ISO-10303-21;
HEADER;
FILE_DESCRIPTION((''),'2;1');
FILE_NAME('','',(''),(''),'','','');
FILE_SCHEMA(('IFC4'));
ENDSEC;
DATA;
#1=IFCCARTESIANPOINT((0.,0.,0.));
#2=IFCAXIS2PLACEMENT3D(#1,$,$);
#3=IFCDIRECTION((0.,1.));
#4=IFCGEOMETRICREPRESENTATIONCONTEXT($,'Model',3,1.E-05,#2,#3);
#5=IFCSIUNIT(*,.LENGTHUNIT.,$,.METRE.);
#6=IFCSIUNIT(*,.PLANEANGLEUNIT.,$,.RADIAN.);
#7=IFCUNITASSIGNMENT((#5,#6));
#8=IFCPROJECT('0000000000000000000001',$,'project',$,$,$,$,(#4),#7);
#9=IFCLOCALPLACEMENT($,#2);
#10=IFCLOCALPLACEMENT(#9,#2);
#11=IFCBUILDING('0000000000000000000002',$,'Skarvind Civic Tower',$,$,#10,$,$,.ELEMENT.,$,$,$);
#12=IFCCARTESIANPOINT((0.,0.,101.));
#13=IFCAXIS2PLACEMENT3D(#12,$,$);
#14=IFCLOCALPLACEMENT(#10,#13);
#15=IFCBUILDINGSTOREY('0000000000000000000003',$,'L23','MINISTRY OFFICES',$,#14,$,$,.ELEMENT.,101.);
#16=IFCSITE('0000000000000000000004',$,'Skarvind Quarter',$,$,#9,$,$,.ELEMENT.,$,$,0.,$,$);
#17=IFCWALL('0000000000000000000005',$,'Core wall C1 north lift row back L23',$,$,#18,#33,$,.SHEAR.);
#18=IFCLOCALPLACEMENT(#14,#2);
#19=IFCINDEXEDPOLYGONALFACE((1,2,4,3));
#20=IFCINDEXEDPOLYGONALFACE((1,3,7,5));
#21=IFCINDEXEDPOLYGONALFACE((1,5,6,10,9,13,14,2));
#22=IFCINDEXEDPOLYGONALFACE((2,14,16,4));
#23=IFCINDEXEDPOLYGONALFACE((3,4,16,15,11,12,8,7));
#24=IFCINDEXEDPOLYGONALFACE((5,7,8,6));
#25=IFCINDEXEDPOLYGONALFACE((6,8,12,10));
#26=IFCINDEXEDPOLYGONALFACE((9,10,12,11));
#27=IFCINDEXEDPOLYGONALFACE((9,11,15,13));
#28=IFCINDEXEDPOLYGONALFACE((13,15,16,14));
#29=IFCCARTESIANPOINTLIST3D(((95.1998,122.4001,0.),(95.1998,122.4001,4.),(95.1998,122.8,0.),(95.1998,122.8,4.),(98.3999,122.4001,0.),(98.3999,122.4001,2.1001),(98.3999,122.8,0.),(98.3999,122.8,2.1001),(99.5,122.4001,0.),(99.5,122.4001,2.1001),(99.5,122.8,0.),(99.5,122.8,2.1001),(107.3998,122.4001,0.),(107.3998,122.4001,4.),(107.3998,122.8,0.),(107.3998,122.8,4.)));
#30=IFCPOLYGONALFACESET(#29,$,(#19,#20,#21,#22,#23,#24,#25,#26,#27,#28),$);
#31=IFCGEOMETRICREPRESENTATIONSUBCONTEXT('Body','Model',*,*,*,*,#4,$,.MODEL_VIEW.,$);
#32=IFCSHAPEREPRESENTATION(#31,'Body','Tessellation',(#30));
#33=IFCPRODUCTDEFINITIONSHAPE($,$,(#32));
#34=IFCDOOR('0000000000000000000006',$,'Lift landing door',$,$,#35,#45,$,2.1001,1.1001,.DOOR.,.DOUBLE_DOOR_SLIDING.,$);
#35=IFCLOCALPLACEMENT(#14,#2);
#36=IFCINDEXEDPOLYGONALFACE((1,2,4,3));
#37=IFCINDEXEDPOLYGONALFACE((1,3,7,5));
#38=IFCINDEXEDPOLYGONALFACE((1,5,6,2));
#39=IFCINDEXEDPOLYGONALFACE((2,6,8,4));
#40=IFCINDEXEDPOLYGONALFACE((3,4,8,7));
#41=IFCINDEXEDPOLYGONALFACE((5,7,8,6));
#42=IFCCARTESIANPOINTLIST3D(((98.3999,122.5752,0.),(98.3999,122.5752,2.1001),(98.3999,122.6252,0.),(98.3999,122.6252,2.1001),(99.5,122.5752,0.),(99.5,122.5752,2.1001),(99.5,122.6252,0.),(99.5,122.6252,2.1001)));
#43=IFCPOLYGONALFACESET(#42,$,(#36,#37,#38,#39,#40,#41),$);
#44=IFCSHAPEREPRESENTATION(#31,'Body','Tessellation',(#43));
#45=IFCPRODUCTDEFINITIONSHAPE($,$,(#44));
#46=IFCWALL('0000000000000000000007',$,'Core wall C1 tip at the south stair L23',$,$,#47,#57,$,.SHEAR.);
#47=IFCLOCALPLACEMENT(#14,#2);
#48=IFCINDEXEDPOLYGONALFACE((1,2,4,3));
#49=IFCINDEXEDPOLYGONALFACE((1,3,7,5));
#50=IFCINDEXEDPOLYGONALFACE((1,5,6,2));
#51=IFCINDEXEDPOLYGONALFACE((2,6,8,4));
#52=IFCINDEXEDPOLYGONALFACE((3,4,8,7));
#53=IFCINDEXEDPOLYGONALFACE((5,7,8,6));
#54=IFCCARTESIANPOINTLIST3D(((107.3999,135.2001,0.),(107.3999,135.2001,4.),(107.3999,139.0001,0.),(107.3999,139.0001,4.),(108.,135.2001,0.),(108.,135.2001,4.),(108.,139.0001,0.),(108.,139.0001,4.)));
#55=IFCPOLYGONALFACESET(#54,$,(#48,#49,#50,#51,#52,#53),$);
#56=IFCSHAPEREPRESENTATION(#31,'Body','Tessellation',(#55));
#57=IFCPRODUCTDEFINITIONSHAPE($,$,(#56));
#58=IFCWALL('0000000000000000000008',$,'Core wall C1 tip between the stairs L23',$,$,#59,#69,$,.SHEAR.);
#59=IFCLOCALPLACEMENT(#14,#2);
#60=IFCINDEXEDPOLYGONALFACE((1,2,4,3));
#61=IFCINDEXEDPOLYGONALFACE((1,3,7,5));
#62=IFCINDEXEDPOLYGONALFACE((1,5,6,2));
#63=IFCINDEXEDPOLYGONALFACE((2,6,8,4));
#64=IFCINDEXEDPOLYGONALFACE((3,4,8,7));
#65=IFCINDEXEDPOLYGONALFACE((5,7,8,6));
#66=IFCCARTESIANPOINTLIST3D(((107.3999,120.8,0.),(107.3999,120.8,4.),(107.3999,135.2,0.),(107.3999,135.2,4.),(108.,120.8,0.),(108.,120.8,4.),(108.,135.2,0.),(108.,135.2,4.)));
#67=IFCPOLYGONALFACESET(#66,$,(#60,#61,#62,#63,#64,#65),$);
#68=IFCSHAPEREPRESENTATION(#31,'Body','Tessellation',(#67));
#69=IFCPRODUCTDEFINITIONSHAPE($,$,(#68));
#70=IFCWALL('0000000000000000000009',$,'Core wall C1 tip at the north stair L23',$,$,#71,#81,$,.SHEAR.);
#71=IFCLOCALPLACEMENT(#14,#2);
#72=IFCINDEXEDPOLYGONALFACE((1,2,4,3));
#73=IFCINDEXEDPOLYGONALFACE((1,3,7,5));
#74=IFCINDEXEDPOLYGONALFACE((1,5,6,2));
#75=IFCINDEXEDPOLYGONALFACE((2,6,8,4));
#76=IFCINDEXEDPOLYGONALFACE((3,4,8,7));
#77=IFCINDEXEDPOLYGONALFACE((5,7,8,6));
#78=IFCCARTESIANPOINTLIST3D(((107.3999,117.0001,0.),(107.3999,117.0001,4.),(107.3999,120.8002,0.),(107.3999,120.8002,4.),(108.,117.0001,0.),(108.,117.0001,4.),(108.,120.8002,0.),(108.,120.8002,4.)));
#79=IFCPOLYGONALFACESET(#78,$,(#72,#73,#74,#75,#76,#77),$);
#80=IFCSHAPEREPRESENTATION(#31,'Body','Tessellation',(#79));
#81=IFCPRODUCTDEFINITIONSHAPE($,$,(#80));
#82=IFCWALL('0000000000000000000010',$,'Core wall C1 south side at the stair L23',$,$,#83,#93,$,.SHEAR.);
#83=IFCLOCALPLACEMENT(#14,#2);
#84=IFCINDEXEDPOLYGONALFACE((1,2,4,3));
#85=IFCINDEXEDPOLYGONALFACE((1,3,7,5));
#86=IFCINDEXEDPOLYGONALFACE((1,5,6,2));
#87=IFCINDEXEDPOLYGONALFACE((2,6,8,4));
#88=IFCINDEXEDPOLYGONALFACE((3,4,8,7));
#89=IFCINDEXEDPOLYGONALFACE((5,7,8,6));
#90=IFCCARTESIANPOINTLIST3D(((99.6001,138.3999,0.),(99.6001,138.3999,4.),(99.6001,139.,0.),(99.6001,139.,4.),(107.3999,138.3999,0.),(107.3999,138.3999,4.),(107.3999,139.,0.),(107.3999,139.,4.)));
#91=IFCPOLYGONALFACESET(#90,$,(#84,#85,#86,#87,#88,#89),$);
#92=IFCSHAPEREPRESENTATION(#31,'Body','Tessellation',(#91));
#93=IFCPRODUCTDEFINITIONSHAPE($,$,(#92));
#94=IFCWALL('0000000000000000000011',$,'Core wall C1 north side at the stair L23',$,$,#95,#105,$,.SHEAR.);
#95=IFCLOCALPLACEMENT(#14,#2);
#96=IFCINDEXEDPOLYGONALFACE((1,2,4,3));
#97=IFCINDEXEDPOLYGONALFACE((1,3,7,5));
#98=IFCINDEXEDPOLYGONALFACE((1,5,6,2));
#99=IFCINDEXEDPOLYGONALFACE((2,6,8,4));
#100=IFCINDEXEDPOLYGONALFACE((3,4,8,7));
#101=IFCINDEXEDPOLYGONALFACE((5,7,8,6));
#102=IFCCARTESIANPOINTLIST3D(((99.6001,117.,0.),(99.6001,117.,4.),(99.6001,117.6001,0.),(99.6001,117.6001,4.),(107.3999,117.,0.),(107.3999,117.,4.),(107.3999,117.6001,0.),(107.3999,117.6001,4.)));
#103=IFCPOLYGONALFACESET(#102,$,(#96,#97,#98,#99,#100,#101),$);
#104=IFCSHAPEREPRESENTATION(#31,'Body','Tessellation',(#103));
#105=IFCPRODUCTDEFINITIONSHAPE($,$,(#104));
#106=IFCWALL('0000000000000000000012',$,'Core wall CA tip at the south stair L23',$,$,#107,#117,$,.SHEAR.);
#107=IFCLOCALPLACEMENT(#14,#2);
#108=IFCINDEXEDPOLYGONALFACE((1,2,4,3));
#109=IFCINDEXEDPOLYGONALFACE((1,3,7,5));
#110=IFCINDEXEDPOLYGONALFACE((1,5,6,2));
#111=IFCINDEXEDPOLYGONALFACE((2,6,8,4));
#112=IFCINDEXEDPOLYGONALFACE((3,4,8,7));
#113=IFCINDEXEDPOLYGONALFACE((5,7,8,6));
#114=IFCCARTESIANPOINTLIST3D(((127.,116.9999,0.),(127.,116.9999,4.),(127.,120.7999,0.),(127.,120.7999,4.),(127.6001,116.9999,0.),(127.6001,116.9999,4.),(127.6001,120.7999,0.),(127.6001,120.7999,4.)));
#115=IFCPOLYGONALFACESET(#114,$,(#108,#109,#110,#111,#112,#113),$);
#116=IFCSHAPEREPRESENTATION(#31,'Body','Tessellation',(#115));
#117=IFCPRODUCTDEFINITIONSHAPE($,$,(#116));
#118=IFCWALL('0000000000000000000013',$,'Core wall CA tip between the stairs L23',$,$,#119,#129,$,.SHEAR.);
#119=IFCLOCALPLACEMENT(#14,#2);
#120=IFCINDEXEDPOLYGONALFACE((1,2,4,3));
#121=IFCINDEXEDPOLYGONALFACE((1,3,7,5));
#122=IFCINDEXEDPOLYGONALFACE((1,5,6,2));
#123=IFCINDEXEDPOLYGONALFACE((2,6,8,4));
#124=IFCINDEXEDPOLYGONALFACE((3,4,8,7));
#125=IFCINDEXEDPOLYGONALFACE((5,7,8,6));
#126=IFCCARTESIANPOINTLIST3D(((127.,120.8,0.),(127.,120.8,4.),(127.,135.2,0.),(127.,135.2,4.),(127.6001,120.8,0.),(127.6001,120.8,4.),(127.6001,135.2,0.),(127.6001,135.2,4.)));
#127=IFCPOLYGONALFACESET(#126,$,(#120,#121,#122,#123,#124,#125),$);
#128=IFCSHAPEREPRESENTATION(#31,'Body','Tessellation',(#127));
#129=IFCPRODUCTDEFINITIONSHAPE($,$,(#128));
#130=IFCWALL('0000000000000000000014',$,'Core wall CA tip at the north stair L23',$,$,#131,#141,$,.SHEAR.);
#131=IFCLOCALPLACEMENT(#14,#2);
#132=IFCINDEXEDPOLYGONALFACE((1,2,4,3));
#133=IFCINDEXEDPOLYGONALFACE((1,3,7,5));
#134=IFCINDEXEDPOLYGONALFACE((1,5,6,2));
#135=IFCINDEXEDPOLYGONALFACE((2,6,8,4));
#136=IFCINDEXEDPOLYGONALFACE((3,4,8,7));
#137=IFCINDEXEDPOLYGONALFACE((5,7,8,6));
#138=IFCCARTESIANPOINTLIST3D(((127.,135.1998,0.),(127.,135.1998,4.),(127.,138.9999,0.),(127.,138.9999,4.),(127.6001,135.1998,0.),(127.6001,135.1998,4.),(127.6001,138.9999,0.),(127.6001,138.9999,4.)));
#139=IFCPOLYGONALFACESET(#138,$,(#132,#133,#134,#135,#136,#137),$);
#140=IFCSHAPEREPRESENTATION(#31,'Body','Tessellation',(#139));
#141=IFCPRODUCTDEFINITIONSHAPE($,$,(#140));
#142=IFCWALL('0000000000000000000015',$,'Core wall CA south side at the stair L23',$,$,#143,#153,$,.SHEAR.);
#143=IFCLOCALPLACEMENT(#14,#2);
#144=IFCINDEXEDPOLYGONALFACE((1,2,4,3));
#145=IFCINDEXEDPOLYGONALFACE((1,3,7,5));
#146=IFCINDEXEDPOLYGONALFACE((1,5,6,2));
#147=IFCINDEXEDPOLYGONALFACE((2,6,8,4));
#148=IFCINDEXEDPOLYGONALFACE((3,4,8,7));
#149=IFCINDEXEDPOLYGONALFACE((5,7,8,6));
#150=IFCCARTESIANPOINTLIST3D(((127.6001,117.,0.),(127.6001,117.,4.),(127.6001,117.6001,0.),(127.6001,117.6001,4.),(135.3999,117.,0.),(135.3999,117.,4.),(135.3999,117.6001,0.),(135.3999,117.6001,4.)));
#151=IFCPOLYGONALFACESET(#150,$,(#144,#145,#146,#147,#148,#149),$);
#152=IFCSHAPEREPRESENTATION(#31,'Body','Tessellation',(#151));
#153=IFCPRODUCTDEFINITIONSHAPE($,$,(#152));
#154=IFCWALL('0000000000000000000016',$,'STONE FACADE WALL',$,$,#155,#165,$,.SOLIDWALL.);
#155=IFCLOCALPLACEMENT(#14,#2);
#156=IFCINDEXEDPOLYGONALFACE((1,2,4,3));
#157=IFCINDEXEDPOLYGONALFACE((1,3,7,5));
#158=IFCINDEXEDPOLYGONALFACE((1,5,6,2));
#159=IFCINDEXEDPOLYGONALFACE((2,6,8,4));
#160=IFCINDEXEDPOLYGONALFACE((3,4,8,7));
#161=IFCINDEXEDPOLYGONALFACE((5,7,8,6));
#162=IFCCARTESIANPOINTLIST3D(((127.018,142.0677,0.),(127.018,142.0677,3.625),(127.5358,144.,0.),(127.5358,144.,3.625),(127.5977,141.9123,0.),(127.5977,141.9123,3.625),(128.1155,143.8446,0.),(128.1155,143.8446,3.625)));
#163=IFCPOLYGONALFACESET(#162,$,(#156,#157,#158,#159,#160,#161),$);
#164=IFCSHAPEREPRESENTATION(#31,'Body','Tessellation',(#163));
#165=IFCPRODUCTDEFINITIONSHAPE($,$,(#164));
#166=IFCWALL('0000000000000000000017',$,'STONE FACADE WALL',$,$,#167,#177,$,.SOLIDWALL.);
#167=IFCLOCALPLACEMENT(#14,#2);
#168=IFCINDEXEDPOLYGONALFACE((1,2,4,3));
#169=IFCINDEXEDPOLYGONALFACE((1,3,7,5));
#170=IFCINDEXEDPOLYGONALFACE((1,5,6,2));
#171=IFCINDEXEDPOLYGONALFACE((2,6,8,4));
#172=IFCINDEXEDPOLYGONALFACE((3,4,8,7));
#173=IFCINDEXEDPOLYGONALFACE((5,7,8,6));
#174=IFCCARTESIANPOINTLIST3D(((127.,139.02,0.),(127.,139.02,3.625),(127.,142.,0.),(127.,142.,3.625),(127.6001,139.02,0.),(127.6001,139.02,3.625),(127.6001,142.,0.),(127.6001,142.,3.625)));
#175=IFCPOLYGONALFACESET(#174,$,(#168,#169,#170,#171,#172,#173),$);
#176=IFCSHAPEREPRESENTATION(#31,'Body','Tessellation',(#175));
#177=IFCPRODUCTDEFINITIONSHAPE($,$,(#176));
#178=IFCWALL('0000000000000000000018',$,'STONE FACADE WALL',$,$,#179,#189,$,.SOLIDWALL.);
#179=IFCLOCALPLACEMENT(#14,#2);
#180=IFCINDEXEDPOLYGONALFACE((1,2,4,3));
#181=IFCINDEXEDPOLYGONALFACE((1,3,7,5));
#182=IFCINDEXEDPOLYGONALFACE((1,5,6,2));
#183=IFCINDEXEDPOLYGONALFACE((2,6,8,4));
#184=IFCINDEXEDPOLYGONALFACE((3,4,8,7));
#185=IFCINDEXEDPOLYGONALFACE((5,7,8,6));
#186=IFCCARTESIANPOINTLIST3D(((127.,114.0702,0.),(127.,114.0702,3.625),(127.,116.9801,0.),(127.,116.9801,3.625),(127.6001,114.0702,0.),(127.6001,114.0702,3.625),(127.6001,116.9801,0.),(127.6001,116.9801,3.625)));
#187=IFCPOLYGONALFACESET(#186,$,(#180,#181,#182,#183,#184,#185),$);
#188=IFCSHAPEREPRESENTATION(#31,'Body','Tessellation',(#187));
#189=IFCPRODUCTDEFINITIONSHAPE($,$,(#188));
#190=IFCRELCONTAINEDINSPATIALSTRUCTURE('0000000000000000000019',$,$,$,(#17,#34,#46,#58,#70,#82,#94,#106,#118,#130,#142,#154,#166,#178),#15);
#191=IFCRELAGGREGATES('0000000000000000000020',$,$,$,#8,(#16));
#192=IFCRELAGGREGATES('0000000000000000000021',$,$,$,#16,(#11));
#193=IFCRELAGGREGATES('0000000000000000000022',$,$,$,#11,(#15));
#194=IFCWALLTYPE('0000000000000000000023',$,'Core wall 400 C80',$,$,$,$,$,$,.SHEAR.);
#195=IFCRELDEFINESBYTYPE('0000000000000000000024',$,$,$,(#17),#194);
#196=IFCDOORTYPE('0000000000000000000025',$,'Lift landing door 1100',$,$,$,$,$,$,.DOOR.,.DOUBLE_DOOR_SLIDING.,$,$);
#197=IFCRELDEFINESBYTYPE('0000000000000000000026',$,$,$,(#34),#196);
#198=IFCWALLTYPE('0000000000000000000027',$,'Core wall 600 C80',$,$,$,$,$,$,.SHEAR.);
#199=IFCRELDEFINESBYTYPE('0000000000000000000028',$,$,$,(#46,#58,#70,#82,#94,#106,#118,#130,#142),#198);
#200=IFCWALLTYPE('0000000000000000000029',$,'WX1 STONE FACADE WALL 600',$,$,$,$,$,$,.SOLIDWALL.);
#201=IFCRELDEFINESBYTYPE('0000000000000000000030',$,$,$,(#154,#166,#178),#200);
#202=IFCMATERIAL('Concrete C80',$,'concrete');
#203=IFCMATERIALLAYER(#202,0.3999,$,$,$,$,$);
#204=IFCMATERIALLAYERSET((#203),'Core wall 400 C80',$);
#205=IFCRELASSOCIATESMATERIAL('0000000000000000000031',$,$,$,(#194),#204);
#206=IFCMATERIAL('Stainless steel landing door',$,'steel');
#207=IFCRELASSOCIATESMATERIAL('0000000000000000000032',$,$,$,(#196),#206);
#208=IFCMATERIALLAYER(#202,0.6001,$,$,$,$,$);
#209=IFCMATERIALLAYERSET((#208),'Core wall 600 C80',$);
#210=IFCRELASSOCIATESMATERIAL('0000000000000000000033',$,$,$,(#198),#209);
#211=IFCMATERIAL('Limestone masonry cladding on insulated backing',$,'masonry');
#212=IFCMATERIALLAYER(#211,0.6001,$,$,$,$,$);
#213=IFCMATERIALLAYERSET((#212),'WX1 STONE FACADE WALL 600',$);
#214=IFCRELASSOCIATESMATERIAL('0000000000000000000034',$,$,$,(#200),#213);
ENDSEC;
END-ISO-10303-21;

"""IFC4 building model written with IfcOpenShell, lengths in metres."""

from ifc_helpers import new_model, si_unit, direction, frame, frame_2d, origin, place, context, subcontext, project, spatial, rectangle, extrude, material, layer, layer_set, type_object, element, fill, save


model = new_model("IFC4")

# Units and contexts
model_context = context("Model", 3, precision=1e-05, world=origin(), true_north=direction((0.0, 1.0)))
body_context = subcontext(model_context, "Body", "Model", "MODEL_VIEW")
ifc_project = project(units=[si_unit("LENGTHUNIT", "METRE"), si_unit("PLANEANGLEUNIT", "RADIAN")], contexts=[model_context])

# Site, building, storey
site_placement = place(None, origin())
site = spatial("IfcSite", under=ifc_project, at=site_placement, Name="Skarvind Quarter", CompositionType="ELEMENT", RefElevation=0.0)
building_placement = place(site_placement, origin())
building = spatial("IfcBuilding", under=site, at=building_placement, Name="Skarvind Civic Tower", CompositionType="ELEMENT")
storey_placement = place(building_placement, frame((0.0, 0.0, 101.0)))
storey = spatial("IfcBuildingStorey", under=building, at=storey_placement, Name="L23", Description="MINISTRY OFFICES", CompositionType="ELEMENT", Elevation=101.0)

# Shared definitions
ifc_material_1 = material(Name="Concrete C80", Category="concrete")
ifc_layer_1 = layer(ifc_material_1, 0.3999)
ifc_layer_set_1 = layer_set([ifc_layer_1], Name="Core wall 400 C80")
wall_type_1 = type_object("IfcWallType", Name="Core wall 400 C80", PredefinedType="SHEAR", material=ifc_layer_set_1)

# Shared definitions
ifc_material_2 = material(Name="Stainless steel landing door", Category="steel")
door_type_1 = type_object("IfcDoorType", Name="Lift landing door 1100", OperationType="DOUBLE_DOOR_SLIDING", PredefinedType="DOOR", material=ifc_material_2)

# Wall, opening, door
wall_1_placement = place(storey_placement, frame((107.3999, 122.6001, 0.0), z_axis=(0.0, 0.0, 1.0), x_axis=(-1.0, 0.0, 0.0)))
wall_1 = element("IfcWall", 1, at=wall_1_placement, inside=storey, type_object=wall_type_1, Name="Core wall C1 north lift row back L23", PredefinedType="SHEAR", context=body_context, shape_type="SweptSolid", body=[
    extrude(rectangle(XDim=12.2, YDim=0.3999, at=frame_2d((6.1001, 0.0))), origin(), (0.0, 0.0, 1.0), 4.0),
])
opening_1_placement = place(wall_1_placement, frame((7.8999, 0.0, 0.0)))
opening_1 = element("IfcOpeningElement", 2, at=opening_1_placement, cuts=wall_1, PredefinedType="OPENING", context=body_context, shape_type="SweptSolid", body=[
    extrude(rectangle(XDim=1.1001, YDim=2.1001, at=frame_2d((0.55, 1.05))), frame((0.0, 0.21, 0.0), z_axis=(0.0, -1.0, 0.0), x_axis=(1.0, 0.0, 0.0)), (0.0, 0.0, 1.0), 0.4199),
])
door_1_placement = place(opening_1_placement, origin())
door_1 = element("IfcDoor", 3, at=door_1_placement, inside=storey, type_object=door_type_1, Name="Lift landing door", OperationType="DOUBLE_DOOR_SLIDING", OverallHeight=2.1001, OverallWidth=1.1001, PredefinedType="DOOR", context=body_context, shape_type="SweptSolid", body=[
    extrude(rectangle(XDim=1.1001, YDim=2.1001, at=frame_2d((0.55, 1.05))), frame((0.0, 0.0249, 0.0), z_axis=(0.0, -1.0, 0.0), x_axis=(1.0, 0.0, 0.0)), (0.0, 0.0, 1.0), 0.05),
])
fill(opening_1, door_1)

# Walls
ifc_layer_2 = layer(ifc_material_1, 0.6001)
ifc_layer_set_2 = layer_set([ifc_layer_2], Name="Core wall 600 C80")
wall_type_2 = type_object("IfcWallType", Name="Core wall 600 C80", PredefinedType="SHEAR", material=ifc_layer_set_2)
wall_2_placement = place(storey_placement, frame((107.7, 139.0, 0.0), z_axis=(0.0, 0.0, 1.0), x_axis=(0.0, -1.0, 0.0)))
element("IfcWall", 4, at=wall_2_placement, inside=storey, type_object=wall_type_2, Name="Core wall C1 tip at the south stair L23", PredefinedType="SHEAR", context=body_context, shape_type="SweptSolid", body=[
    extrude(rectangle(XDim=3.8, YDim=0.6001, at=frame_2d((1.8999, 0.0))), origin(), (0.0, 0.0, 1.0), 4.0),
])
wall_3_placement = place(storey_placement, frame((107.7, 135.2, 0.0), z_axis=(0.0, 0.0, 1.0), x_axis=(0.0, -1.0, 0.0)))
element("IfcWall", 5, at=wall_3_placement, inside=storey, type_object=wall_type_2, Name="Core wall C1 tip between the stairs L23", PredefinedType="SHEAR", context=body_context, shape_type="SweptSolid", body=[
    extrude(rectangle(XDim=14.3999, YDim=0.6001, at=frame_2d((7.2, 0.0))), origin(), (0.0, 0.0, 1.0), 4.0),
])
wall_4_placement = place(storey_placement, frame((107.7, 120.8, 0.0), z_axis=(0.0, 0.0, 1.0), x_axis=(0.0, -1.0, 0.0)))
element("IfcWall", 6, at=wall_4_placement, inside=storey, type_object=wall_type_2, Name="Core wall C1 tip at the north stair L23", PredefinedType="SHEAR", context=body_context, shape_type="SweptSolid", body=[
    extrude(rectangle(XDim=3.8, YDim=0.6001, at=frame_2d((1.8999, 0.0))), origin(), (0.0, 0.0, 1.0), 4.0),
])
for number, where, z_axis, x_axis, name in (
    (7, (107.3999, 138.7, 0.0), (0.0, 0.0, 1.0), (-1.0, 0.0, 0.0), "Core wall C1 south side at the stair L23"),
    (8, (107.3999, 117.3, 0.0), (0.0, 0.0, 1.0), (-1.0, 0.0, 0.0), "Core wall C1 north side at the stair L23"),
):
    element("IfcWall", number, at=place(storey_placement, frame(where, z_axis=z_axis, x_axis=x_axis)), inside=storey, type_object=wall_type_2, Name=name, PredefinedType="SHEAR", context=body_context, shape_type="SweptSolid", body=[
        extrude(rectangle(XDim=7.7998, YDim=0.6001, at=frame_2d((3.8999, 0.0))), origin(), (0.0, 0.0, 1.0), 4.0),
    ])
wall_5_placement = place(storey_placement, frame((127.3, 117.0, 0.0), z_axis=(0.0, 0.0, 1.0), x_axis=(0.0, 1.0, 0.0)))
element("IfcWall", 9, at=wall_5_placement, inside=storey, type_object=wall_type_2, Name="Core wall CA tip at the south stair L23", PredefinedType="SHEAR", context=body_context, shape_type="SweptSolid", body=[
    extrude(rectangle(XDim=3.8, YDim=0.6001, at=frame_2d((1.8999, 0.0))), origin(), (0.0, 0.0, 1.0), 4.0),
])
wall_6_placement = place(storey_placement, frame((127.3, 120.8, 0.0), z_axis=(0.0, 0.0, 1.0), x_axis=(0.0, 1.0, 0.0)))
element("IfcWall", 10, at=wall_6_placement, inside=storey, type_object=wall_type_2, Name="Core wall CA tip between the stairs L23", PredefinedType="SHEAR", context=body_context, shape_type="SweptSolid", body=[
    extrude(rectangle(XDim=14.3999, YDim=0.6001, at=frame_2d((7.2, 0.0))), origin(), (0.0, 0.0, 1.0), 4.0),
])
wall_7_placement = place(storey_placement, frame((127.3, 135.2, 0.0), z_axis=(0.0, 0.0, 1.0), x_axis=(0.0, 1.0, 0.0)))
element("IfcWall", 11, at=wall_7_placement, inside=storey, type_object=wall_type_2, Name="Core wall CA tip at the north stair L23", PredefinedType="SHEAR", context=body_context, shape_type="SweptSolid", body=[
    extrude(rectangle(XDim=3.8, YDim=0.6001, at=frame_2d((1.8999, 0.0))), origin(), (0.0, 0.0, 1.0), 4.0),
])
wall_8_placement = place(storey_placement, frame((127.6001, 117.3, 0.0), z_axis=(0.0, 0.0, 1.0), x_axis=(1.0, 0.0, 0.0)))
element("IfcWall", 12, at=wall_8_placement, inside=storey, type_object=wall_type_2, Name="Core wall CA south side at the stair L23", PredefinedType="SHEAR", context=body_context, shape_type="SweptSolid", body=[
    extrude(rectangle(XDim=7.7998, YDim=0.6001, at=frame_2d((3.8999, 0.0))), origin(), (0.0, 0.0, 1.0), 4.0),
])
ifc_material_3 = material(Name="Limestone masonry cladding on insulated backing", Category="masonry")
ifc_layer_3 = layer(ifc_material_3, 0.6001)
ifc_layer_set_3 = layer_set([ifc_layer_3], Name="WX1 STONE FACADE WALL 600")
wall_type_3 = type_object("IfcWallType", Name="WX1 STONE FACADE WALL 600", PredefinedType="SOLIDWALL", material=ifc_layer_set_3)
wall_9_placement = place(storey_placement, frame((127.3079, 141.99, 0.0), z_axis=(0.0, 0.0, 1.0), x_axis=(0.25884, 0.96592, 0.0)))
element("IfcWall", 13, at=wall_9_placement, inside=storey, type_object=wall_type_3, Name="STONE FACADE WALL", PredefinedType="SOLIDWALL", context=body_context, shape_type="SweptSolid", body=[
    extrude(rectangle(XDim=2.0005, YDim=0.6001, at=frame_2d((1.0002, 0.0))), origin(), (0.0, 0.0, 1.0), 3.625),
])
wall_10_placement = place(storey_placement, frame((127.3, 139.02, 0.0), z_axis=(0.0, 0.0, 1.0), x_axis=(0.0, 1.0, 0.0)))
element("IfcWall", 14, at=wall_10_placement, inside=storey, type_object=wall_type_3, Name="STONE FACADE WALL", PredefinedType="SOLIDWALL", context=body_context, shape_type="SweptSolid", body=[
    extrude(rectangle(XDim=2.98, YDim=0.6001, at=frame_2d((1.49, 0.0))), origin(), (0.0, 0.0, 1.0), 3.625),
])
wall_11_placement = place(storey_placement, frame((127.3, 114.0701, 0.0), z_axis=(0.0, 0.0, 1.0), x_axis=(0.0, 1.0, 0.0)))
element("IfcWall", 15, at=wall_11_placement, inside=storey, type_object=wall_type_3, Name="STONE FACADE WALL", PredefinedType="SOLIDWALL", context=body_context, shape_type="SweptSolid", body=[
    extrude(rectangle(XDim=2.9099, YDim=0.6001, at=frame_2d((1.4551, 0.0))), origin(), (0.0, 0.0, 1.0), 3.625),
])

save(model, "model.ifc")
